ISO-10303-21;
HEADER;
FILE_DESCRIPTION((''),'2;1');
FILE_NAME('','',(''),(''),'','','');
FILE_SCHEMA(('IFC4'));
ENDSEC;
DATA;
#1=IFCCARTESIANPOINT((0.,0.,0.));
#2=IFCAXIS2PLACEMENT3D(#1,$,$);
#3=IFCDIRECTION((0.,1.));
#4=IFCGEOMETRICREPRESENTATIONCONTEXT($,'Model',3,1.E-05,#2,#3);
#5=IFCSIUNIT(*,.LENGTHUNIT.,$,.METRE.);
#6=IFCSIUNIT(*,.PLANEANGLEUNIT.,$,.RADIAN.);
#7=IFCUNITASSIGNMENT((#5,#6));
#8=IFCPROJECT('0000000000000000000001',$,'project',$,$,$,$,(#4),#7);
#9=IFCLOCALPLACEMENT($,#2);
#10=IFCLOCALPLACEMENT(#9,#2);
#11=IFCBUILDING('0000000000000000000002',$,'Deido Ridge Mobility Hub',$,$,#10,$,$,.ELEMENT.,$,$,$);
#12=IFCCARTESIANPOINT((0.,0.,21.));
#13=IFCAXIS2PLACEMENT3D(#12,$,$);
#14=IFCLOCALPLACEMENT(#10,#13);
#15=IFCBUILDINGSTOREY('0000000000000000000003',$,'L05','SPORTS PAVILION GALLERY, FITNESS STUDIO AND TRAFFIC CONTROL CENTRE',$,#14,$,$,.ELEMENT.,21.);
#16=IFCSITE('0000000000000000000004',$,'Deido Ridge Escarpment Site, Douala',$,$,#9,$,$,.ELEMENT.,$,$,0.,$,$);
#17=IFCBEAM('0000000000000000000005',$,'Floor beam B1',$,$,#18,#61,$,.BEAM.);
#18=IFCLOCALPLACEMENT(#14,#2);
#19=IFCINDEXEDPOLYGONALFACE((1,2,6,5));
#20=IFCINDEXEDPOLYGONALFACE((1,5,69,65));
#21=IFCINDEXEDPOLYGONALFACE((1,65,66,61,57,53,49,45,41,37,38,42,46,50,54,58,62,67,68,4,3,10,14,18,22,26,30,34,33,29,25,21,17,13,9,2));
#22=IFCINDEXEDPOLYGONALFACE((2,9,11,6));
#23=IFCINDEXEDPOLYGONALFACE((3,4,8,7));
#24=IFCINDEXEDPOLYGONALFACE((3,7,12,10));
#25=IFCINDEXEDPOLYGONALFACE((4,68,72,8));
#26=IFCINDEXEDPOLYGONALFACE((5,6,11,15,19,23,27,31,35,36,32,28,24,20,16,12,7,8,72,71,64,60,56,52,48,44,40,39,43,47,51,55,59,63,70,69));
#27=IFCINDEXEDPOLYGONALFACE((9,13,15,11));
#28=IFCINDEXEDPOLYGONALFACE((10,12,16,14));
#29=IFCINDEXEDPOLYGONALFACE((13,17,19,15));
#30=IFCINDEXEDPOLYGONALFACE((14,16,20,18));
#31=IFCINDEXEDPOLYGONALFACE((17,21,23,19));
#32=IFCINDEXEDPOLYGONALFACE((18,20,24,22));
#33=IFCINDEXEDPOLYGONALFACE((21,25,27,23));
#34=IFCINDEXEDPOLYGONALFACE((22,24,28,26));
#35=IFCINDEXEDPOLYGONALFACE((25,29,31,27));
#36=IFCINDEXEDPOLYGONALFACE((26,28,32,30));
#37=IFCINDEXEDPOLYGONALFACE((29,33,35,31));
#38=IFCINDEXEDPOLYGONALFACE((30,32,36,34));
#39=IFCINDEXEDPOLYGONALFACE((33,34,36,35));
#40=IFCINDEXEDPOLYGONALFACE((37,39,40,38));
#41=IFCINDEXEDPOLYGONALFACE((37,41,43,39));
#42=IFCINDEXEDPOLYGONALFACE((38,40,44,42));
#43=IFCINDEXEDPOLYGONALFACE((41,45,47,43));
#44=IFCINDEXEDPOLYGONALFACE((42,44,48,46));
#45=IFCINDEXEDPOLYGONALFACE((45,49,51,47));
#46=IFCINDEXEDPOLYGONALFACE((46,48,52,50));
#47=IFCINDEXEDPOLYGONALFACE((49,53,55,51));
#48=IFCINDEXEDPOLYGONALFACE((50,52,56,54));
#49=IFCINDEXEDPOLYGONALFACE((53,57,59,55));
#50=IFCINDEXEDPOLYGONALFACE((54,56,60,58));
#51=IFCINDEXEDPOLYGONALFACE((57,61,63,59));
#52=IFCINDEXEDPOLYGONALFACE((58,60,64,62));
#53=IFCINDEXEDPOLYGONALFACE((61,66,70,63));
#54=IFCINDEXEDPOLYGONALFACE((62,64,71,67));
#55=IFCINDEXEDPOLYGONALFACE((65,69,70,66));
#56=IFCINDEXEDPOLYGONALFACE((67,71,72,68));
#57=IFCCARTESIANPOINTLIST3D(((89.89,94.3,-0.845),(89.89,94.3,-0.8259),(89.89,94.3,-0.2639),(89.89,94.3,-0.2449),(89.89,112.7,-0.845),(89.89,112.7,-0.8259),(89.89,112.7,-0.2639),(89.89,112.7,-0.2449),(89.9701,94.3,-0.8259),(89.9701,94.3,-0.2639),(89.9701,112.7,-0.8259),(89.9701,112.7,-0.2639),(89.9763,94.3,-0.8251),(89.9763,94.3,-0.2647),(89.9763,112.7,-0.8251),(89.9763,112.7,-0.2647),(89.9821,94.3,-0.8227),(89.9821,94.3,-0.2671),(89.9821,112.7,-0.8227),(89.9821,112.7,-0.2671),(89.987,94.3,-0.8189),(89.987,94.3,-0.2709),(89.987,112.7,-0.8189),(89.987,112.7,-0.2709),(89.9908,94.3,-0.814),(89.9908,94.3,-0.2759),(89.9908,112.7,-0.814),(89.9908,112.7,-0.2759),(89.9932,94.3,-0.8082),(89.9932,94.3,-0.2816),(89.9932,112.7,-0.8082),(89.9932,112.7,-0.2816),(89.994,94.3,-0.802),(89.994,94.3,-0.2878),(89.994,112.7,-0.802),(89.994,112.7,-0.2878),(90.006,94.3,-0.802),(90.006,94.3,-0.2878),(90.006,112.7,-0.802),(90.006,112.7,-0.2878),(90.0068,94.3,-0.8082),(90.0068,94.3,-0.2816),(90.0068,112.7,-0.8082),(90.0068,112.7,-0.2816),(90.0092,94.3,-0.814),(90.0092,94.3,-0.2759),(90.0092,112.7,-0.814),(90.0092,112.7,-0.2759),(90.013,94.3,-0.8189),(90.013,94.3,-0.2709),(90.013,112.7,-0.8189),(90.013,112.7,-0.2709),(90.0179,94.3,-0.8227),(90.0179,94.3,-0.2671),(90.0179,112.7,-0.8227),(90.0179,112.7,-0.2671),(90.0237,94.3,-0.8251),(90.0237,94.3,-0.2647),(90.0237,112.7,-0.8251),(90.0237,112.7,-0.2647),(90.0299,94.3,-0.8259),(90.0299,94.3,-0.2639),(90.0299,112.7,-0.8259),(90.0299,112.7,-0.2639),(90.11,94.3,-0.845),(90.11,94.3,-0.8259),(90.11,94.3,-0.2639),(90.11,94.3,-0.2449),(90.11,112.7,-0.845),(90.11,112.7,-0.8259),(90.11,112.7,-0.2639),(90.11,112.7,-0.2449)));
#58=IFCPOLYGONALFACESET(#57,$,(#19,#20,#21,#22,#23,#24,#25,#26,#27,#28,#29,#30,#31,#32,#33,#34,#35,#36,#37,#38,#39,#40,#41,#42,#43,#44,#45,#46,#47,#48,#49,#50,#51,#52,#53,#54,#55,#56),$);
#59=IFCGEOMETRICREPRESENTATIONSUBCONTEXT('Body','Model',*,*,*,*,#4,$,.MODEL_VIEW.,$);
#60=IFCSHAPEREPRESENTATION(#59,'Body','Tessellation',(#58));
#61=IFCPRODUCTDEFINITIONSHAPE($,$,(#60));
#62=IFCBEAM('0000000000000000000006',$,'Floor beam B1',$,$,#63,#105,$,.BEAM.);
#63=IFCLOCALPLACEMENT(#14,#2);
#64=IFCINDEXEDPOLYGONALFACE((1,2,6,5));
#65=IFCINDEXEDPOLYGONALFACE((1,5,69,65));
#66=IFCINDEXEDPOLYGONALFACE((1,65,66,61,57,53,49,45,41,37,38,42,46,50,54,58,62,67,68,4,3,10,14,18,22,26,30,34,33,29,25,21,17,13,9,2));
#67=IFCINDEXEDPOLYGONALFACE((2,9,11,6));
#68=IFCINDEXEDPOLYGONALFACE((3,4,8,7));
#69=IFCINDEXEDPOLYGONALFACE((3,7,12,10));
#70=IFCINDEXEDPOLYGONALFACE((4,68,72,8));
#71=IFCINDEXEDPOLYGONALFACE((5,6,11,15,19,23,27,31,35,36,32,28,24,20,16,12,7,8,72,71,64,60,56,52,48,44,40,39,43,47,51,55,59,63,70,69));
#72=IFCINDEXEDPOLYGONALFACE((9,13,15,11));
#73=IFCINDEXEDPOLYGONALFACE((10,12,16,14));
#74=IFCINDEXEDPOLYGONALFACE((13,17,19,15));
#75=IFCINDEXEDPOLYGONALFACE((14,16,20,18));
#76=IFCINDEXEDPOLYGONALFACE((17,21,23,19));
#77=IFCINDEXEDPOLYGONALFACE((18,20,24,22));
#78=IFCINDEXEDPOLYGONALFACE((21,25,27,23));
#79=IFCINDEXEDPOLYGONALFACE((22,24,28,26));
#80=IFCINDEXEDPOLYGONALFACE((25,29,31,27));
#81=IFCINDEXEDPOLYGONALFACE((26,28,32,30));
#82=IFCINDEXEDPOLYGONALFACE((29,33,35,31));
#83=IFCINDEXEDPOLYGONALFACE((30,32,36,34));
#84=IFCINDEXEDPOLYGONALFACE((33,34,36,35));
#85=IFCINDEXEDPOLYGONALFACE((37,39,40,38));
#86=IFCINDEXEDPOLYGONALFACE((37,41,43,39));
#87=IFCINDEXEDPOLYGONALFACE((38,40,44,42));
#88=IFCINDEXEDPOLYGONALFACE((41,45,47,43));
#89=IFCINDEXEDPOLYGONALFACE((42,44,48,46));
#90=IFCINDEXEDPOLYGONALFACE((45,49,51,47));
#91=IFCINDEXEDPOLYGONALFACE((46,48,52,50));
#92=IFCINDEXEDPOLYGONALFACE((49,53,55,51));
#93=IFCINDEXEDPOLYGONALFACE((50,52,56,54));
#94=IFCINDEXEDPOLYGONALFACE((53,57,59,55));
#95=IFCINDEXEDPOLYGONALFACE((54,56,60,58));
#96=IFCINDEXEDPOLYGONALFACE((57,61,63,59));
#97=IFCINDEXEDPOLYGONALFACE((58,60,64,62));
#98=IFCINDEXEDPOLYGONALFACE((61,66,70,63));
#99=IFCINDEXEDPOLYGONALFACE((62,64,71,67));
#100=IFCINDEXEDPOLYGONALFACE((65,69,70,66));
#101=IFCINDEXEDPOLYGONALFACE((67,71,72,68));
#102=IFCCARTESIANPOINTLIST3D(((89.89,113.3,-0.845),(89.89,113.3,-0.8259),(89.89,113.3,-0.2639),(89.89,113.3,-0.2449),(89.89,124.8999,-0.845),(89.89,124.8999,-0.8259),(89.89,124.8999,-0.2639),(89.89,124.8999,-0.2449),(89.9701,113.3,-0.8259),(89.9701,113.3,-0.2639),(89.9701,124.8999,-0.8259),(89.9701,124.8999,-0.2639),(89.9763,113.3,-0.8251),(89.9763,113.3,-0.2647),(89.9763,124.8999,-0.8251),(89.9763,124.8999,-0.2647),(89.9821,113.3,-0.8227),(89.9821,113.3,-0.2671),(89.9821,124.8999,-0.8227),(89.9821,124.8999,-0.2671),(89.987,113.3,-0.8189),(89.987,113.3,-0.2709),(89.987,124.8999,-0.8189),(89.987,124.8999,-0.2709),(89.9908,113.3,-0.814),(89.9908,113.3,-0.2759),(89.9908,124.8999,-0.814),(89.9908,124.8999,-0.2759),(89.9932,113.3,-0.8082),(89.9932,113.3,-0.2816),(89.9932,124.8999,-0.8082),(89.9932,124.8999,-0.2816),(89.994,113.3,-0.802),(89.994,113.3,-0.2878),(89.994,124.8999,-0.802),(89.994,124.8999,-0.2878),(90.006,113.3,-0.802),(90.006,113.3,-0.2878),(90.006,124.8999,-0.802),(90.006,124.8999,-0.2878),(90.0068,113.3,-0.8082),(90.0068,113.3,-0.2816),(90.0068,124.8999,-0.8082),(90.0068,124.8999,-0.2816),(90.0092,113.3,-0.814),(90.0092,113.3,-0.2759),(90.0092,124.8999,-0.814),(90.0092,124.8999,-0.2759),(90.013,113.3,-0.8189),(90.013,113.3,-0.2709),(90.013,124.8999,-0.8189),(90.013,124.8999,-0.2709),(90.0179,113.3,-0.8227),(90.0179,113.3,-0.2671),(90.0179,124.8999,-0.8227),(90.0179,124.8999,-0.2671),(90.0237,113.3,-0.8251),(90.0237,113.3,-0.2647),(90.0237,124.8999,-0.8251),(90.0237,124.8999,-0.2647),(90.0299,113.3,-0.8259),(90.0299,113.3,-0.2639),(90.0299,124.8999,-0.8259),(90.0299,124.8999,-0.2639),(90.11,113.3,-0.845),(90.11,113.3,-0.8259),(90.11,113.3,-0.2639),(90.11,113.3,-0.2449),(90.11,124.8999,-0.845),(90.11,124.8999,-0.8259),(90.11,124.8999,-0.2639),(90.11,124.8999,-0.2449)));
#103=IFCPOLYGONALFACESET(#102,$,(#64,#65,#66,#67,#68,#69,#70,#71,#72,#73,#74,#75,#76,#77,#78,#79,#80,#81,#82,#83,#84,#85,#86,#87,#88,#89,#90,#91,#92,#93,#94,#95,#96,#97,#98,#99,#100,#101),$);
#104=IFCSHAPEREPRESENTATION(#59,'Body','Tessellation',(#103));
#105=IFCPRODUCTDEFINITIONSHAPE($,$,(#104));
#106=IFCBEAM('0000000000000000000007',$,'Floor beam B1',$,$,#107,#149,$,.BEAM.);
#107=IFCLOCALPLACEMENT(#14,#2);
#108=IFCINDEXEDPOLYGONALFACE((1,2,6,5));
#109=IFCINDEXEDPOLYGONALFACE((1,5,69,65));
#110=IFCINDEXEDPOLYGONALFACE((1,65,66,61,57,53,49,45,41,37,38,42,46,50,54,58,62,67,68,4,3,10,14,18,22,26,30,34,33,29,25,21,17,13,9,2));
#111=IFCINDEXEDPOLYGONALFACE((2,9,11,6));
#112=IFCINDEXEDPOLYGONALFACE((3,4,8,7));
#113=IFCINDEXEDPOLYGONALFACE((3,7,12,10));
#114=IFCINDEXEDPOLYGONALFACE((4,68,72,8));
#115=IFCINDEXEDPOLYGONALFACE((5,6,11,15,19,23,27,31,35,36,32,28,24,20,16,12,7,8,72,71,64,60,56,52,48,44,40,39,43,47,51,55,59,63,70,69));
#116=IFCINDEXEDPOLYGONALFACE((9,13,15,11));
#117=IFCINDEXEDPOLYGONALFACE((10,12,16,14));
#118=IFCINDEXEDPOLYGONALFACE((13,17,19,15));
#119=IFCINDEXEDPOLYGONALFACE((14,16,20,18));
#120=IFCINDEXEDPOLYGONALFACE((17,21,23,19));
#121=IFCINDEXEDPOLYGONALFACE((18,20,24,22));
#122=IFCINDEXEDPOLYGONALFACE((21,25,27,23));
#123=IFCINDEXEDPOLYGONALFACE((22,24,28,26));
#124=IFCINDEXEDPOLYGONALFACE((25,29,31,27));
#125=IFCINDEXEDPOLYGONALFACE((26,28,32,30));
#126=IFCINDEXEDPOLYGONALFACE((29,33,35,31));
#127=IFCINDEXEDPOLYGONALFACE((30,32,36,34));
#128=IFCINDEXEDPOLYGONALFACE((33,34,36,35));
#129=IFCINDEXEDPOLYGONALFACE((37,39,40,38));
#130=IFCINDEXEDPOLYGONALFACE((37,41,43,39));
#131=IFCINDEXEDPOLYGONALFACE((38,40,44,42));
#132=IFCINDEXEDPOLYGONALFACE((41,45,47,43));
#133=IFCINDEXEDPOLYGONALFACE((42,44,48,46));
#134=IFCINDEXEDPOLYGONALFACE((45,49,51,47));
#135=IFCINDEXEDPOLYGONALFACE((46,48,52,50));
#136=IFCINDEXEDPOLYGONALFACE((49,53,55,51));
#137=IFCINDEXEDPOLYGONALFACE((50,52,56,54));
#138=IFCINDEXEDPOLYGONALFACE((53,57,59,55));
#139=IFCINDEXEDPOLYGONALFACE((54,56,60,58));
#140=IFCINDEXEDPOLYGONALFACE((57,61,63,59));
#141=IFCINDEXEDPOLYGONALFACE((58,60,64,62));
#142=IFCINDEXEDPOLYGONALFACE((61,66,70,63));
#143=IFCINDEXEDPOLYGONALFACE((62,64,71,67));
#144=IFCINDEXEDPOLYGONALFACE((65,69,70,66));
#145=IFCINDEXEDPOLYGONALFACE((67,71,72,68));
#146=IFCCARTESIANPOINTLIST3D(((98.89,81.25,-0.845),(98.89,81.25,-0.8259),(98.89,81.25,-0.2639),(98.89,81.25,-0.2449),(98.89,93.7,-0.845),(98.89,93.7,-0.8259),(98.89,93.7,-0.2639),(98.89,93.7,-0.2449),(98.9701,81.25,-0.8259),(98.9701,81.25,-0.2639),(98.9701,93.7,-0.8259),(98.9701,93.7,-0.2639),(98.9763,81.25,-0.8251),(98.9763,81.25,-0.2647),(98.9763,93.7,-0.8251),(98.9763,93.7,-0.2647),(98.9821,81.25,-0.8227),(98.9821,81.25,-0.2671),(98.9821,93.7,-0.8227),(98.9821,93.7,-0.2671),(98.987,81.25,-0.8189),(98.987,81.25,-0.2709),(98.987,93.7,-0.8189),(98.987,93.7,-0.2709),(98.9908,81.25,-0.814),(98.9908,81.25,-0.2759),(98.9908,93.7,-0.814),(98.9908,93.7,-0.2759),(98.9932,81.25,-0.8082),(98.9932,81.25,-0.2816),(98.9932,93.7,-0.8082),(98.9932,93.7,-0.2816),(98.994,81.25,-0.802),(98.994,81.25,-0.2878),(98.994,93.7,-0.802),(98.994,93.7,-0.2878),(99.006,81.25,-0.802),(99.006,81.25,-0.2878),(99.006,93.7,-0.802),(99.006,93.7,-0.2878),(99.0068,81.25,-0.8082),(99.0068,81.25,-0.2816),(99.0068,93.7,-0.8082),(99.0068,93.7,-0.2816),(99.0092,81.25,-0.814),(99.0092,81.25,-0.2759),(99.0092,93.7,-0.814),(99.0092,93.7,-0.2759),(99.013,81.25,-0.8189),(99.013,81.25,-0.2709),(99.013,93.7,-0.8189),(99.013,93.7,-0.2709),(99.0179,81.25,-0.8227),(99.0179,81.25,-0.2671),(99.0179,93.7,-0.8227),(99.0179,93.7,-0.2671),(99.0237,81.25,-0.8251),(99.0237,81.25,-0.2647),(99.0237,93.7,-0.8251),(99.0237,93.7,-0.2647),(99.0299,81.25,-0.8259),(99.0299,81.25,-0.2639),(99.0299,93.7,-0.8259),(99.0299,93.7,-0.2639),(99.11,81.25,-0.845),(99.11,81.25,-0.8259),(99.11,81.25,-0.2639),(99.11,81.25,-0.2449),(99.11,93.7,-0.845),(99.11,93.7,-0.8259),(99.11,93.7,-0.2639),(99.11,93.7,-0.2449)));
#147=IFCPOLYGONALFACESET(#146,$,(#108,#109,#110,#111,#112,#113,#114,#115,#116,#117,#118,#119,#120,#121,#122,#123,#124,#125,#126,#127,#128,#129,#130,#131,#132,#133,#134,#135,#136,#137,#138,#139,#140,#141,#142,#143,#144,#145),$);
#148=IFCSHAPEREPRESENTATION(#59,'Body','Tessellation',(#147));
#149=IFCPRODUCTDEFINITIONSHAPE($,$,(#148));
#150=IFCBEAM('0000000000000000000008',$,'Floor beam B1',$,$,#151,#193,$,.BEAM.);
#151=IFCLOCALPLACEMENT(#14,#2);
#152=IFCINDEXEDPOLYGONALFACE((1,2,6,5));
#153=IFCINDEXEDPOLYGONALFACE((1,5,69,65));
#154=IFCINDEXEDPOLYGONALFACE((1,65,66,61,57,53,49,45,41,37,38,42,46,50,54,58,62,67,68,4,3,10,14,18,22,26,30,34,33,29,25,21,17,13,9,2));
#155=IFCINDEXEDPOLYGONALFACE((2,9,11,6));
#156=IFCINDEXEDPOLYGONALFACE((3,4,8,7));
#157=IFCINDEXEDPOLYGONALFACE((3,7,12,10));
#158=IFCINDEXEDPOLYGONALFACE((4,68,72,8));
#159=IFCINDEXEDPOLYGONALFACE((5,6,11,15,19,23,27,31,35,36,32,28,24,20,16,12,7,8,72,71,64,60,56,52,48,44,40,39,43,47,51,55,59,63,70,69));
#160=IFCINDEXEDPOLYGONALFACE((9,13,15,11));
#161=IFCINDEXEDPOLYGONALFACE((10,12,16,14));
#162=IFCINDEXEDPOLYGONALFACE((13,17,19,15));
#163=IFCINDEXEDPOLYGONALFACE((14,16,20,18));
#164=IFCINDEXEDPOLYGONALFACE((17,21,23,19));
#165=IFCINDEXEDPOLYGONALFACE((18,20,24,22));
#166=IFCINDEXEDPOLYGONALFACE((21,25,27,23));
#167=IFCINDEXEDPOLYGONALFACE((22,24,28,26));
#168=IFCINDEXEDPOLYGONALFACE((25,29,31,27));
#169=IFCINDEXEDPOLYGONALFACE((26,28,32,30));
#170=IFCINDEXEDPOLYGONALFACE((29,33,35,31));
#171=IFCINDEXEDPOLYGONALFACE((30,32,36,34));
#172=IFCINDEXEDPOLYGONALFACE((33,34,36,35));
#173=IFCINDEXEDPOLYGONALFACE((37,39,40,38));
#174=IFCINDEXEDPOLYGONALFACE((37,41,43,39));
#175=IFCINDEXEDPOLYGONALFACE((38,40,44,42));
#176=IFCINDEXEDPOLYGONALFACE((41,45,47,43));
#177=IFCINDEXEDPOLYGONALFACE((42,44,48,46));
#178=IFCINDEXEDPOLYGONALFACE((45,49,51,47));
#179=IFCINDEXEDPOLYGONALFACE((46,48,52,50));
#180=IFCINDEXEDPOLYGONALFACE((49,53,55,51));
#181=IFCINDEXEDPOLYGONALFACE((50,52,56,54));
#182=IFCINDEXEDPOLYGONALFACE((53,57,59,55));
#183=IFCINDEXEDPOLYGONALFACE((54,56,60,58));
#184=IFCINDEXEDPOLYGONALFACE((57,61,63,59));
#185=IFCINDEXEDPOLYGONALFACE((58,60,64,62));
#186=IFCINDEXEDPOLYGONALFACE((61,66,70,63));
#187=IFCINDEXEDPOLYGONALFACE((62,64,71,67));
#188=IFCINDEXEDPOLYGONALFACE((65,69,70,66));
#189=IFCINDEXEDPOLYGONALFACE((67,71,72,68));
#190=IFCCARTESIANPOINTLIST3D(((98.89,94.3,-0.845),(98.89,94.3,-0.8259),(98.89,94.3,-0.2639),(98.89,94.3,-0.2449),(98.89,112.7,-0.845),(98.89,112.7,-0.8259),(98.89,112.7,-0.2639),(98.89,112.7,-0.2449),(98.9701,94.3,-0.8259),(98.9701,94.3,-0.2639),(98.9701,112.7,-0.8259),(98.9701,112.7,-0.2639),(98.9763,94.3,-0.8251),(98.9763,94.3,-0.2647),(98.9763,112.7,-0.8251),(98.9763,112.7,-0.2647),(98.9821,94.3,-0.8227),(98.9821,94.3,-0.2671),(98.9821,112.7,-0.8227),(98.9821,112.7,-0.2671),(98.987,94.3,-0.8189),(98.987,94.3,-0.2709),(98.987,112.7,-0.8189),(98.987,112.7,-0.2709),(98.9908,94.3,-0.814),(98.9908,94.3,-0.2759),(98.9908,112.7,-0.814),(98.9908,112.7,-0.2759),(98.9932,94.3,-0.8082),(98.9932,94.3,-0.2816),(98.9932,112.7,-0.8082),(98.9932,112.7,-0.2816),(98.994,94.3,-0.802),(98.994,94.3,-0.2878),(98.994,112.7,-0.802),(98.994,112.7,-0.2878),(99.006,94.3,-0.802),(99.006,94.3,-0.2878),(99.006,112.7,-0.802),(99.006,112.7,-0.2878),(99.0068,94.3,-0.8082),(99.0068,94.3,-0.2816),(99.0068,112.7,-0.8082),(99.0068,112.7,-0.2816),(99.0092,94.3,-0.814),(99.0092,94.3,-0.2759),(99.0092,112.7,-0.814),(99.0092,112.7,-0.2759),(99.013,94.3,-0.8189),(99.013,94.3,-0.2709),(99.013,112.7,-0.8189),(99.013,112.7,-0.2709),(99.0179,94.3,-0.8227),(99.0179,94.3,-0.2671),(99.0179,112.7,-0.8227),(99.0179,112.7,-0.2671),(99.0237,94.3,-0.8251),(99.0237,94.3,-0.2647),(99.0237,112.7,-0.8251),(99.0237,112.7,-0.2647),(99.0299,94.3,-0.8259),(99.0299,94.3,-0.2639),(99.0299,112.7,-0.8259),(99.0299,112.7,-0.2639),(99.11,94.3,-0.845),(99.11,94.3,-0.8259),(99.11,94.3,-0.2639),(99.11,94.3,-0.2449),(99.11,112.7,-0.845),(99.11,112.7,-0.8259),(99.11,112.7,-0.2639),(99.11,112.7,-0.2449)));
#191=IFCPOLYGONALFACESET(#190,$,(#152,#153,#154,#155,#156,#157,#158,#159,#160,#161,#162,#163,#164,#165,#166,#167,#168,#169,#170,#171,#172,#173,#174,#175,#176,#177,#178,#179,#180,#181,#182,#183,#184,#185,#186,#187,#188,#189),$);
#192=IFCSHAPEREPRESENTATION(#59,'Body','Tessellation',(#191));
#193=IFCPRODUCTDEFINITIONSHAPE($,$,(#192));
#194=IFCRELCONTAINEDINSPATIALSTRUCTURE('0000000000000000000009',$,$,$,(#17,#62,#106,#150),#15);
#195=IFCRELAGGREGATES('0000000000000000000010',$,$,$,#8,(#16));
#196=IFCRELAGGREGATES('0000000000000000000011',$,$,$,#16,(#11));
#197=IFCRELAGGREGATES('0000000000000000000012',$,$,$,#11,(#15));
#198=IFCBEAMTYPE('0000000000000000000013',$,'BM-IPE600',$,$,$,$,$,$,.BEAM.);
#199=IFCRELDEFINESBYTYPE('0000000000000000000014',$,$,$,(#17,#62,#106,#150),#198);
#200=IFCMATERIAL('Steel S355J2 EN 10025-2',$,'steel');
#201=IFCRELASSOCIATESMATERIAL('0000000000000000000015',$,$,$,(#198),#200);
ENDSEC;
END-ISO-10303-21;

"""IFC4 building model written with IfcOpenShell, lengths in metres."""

from ifc_helpers import new_model, si_unit, direction, frame, origin, origin_2d, place, context, subcontext, project, spatial, i_section, extrude, material, material_profile, profile_set, type_object, element, save


model = new_model("IFC4")

# Units and contexts
model_context = context("Model", 3, precision=1e-05, world=origin(), true_north=direction((0.0, 1.0)))
body_context = subcontext(model_context, "Body", "Model", "MODEL_VIEW")
ifc_project = project(units=[si_unit("LENGTHUNIT", "METRE"), si_unit("PLANEANGLEUNIT", "RADIAN")], contexts=[model_context])

# Site, building, storey
site_placement = place(None, origin())
site = spatial("IfcSite", under=ifc_project, at=site_placement, Name="Deido Ridge Escarpment Site, Douala", CompositionType="ELEMENT", RefElevation=0.0)
building_placement = place(site_placement, origin())
building = spatial("IfcBuilding", under=site, at=building_placement, Name="Deido Ridge Mobility Hub", CompositionType="ELEMENT")
storey_placement = place(building_placement, frame((0.0, 0.0, 21.0)))
storey = spatial("IfcBuildingStorey", under=building, at=storey_placement, Name="L05", Description="SPORTS PAVILION GALLERY, FITNESS STUDIO AND TRAFFIC CONTROL CENTRE", CompositionType="ELEMENT", Elevation=21.0)

# Beams
ifc_material = material(Name="Steel S355J2 EN 10025-2", Category="steel")
ifc_material_profile_1 = material_profile(ifc_material, i_section(OverallWidth=0.22, OverallDepth=0.6001, WebThickness=0.012, FlangeThickness=0.019, FilletRadius=0.0239, at=origin_2d()), Name="IPE 600")
ifc_profile_set_1 = profile_set([ifc_material_profile_1], Name="Steel S355J2 EN 10025-2")
beam_type_1 = type_object("IfcBeamType", Name="BM-IPE600", PredefinedType="BEAM", material=ifc_profile_set_1)
beam_1_placement = place(storey_placement, frame((90.0, 94.3, -0.5449), z_axis=(0.0, 1.0, 0.0), x_axis=(-1.0, 0.0, 0.0)))
element("IfcBeam", 1, at=beam_1_placement, inside=storey, type_object=beam_type_1, Name="Floor beam B1", PredefinedType="BEAM", context=body_context, shape_type="SweptSolid", body=[
    extrude(i_section(OverallWidth=0.22, OverallDepth=0.6001, WebThickness=0.012, FlangeThickness=0.019, FilletRadius=0.0239, at=origin_2d()), origin(), (0.0, 0.0, 1.0), 18.3999),
])
beam_2_placement = place(storey_placement, frame((90.0, 113.3, -0.5449), z_axis=(0.0, 1.0, 0.0), x_axis=(-1.0, 0.0, 0.0)))
element("IfcBeam", 2, at=beam_2_placement, inside=storey, type_object=beam_type_1, Name="Floor beam B1", PredefinedType="BEAM", context=body_context, shape_type="SweptSolid", body=[
    extrude(i_section(OverallWidth=0.22, OverallDepth=0.6001, WebThickness=0.012, FlangeThickness=0.019, FilletRadius=0.0239, at=origin_2d()), origin(), (0.0, 0.0, 1.0), 11.5999),
])
beam_3_placement = place(storey_placement, frame((99.0, 81.25, -0.5449), z_axis=(0.0, 1.0, 0.0), x_axis=(-1.0, 0.0, 0.0)))
element("IfcBeam", 3, at=beam_3_placement, inside=storey, type_object=beam_type_1, Name="Floor beam B1", PredefinedType="BEAM", context=body_context, shape_type="SweptSolid", body=[
    extrude(i_section(OverallWidth=0.22, OverallDepth=0.6001, WebThickness=0.012, FlangeThickness=0.019, FilletRadius=0.0239, at=origin_2d()), origin(), (0.0, 0.0, 1.0), 12.45),
])
beam_4_placement = place(storey_placement, frame((99.0, 94.3, -0.5449), z_axis=(0.0, 1.0, 0.0), x_axis=(-1.0, 0.0, 0.0)))
element("IfcBeam", 4, at=beam_4_placement, inside=storey, type_object=beam_type_1, Name="Floor beam B1", PredefinedType="BEAM", context=body_context, shape_type="SweptSolid", body=[
    extrude(i_section(OverallWidth=0.22, OverallDepth=0.6001, WebThickness=0.012, FlangeThickness=0.019, FilletRadius=0.0239, at=origin_2d()), origin(), (0.0, 0.0, 1.0), 18.3999),
])

save(model, "model.ifc")
